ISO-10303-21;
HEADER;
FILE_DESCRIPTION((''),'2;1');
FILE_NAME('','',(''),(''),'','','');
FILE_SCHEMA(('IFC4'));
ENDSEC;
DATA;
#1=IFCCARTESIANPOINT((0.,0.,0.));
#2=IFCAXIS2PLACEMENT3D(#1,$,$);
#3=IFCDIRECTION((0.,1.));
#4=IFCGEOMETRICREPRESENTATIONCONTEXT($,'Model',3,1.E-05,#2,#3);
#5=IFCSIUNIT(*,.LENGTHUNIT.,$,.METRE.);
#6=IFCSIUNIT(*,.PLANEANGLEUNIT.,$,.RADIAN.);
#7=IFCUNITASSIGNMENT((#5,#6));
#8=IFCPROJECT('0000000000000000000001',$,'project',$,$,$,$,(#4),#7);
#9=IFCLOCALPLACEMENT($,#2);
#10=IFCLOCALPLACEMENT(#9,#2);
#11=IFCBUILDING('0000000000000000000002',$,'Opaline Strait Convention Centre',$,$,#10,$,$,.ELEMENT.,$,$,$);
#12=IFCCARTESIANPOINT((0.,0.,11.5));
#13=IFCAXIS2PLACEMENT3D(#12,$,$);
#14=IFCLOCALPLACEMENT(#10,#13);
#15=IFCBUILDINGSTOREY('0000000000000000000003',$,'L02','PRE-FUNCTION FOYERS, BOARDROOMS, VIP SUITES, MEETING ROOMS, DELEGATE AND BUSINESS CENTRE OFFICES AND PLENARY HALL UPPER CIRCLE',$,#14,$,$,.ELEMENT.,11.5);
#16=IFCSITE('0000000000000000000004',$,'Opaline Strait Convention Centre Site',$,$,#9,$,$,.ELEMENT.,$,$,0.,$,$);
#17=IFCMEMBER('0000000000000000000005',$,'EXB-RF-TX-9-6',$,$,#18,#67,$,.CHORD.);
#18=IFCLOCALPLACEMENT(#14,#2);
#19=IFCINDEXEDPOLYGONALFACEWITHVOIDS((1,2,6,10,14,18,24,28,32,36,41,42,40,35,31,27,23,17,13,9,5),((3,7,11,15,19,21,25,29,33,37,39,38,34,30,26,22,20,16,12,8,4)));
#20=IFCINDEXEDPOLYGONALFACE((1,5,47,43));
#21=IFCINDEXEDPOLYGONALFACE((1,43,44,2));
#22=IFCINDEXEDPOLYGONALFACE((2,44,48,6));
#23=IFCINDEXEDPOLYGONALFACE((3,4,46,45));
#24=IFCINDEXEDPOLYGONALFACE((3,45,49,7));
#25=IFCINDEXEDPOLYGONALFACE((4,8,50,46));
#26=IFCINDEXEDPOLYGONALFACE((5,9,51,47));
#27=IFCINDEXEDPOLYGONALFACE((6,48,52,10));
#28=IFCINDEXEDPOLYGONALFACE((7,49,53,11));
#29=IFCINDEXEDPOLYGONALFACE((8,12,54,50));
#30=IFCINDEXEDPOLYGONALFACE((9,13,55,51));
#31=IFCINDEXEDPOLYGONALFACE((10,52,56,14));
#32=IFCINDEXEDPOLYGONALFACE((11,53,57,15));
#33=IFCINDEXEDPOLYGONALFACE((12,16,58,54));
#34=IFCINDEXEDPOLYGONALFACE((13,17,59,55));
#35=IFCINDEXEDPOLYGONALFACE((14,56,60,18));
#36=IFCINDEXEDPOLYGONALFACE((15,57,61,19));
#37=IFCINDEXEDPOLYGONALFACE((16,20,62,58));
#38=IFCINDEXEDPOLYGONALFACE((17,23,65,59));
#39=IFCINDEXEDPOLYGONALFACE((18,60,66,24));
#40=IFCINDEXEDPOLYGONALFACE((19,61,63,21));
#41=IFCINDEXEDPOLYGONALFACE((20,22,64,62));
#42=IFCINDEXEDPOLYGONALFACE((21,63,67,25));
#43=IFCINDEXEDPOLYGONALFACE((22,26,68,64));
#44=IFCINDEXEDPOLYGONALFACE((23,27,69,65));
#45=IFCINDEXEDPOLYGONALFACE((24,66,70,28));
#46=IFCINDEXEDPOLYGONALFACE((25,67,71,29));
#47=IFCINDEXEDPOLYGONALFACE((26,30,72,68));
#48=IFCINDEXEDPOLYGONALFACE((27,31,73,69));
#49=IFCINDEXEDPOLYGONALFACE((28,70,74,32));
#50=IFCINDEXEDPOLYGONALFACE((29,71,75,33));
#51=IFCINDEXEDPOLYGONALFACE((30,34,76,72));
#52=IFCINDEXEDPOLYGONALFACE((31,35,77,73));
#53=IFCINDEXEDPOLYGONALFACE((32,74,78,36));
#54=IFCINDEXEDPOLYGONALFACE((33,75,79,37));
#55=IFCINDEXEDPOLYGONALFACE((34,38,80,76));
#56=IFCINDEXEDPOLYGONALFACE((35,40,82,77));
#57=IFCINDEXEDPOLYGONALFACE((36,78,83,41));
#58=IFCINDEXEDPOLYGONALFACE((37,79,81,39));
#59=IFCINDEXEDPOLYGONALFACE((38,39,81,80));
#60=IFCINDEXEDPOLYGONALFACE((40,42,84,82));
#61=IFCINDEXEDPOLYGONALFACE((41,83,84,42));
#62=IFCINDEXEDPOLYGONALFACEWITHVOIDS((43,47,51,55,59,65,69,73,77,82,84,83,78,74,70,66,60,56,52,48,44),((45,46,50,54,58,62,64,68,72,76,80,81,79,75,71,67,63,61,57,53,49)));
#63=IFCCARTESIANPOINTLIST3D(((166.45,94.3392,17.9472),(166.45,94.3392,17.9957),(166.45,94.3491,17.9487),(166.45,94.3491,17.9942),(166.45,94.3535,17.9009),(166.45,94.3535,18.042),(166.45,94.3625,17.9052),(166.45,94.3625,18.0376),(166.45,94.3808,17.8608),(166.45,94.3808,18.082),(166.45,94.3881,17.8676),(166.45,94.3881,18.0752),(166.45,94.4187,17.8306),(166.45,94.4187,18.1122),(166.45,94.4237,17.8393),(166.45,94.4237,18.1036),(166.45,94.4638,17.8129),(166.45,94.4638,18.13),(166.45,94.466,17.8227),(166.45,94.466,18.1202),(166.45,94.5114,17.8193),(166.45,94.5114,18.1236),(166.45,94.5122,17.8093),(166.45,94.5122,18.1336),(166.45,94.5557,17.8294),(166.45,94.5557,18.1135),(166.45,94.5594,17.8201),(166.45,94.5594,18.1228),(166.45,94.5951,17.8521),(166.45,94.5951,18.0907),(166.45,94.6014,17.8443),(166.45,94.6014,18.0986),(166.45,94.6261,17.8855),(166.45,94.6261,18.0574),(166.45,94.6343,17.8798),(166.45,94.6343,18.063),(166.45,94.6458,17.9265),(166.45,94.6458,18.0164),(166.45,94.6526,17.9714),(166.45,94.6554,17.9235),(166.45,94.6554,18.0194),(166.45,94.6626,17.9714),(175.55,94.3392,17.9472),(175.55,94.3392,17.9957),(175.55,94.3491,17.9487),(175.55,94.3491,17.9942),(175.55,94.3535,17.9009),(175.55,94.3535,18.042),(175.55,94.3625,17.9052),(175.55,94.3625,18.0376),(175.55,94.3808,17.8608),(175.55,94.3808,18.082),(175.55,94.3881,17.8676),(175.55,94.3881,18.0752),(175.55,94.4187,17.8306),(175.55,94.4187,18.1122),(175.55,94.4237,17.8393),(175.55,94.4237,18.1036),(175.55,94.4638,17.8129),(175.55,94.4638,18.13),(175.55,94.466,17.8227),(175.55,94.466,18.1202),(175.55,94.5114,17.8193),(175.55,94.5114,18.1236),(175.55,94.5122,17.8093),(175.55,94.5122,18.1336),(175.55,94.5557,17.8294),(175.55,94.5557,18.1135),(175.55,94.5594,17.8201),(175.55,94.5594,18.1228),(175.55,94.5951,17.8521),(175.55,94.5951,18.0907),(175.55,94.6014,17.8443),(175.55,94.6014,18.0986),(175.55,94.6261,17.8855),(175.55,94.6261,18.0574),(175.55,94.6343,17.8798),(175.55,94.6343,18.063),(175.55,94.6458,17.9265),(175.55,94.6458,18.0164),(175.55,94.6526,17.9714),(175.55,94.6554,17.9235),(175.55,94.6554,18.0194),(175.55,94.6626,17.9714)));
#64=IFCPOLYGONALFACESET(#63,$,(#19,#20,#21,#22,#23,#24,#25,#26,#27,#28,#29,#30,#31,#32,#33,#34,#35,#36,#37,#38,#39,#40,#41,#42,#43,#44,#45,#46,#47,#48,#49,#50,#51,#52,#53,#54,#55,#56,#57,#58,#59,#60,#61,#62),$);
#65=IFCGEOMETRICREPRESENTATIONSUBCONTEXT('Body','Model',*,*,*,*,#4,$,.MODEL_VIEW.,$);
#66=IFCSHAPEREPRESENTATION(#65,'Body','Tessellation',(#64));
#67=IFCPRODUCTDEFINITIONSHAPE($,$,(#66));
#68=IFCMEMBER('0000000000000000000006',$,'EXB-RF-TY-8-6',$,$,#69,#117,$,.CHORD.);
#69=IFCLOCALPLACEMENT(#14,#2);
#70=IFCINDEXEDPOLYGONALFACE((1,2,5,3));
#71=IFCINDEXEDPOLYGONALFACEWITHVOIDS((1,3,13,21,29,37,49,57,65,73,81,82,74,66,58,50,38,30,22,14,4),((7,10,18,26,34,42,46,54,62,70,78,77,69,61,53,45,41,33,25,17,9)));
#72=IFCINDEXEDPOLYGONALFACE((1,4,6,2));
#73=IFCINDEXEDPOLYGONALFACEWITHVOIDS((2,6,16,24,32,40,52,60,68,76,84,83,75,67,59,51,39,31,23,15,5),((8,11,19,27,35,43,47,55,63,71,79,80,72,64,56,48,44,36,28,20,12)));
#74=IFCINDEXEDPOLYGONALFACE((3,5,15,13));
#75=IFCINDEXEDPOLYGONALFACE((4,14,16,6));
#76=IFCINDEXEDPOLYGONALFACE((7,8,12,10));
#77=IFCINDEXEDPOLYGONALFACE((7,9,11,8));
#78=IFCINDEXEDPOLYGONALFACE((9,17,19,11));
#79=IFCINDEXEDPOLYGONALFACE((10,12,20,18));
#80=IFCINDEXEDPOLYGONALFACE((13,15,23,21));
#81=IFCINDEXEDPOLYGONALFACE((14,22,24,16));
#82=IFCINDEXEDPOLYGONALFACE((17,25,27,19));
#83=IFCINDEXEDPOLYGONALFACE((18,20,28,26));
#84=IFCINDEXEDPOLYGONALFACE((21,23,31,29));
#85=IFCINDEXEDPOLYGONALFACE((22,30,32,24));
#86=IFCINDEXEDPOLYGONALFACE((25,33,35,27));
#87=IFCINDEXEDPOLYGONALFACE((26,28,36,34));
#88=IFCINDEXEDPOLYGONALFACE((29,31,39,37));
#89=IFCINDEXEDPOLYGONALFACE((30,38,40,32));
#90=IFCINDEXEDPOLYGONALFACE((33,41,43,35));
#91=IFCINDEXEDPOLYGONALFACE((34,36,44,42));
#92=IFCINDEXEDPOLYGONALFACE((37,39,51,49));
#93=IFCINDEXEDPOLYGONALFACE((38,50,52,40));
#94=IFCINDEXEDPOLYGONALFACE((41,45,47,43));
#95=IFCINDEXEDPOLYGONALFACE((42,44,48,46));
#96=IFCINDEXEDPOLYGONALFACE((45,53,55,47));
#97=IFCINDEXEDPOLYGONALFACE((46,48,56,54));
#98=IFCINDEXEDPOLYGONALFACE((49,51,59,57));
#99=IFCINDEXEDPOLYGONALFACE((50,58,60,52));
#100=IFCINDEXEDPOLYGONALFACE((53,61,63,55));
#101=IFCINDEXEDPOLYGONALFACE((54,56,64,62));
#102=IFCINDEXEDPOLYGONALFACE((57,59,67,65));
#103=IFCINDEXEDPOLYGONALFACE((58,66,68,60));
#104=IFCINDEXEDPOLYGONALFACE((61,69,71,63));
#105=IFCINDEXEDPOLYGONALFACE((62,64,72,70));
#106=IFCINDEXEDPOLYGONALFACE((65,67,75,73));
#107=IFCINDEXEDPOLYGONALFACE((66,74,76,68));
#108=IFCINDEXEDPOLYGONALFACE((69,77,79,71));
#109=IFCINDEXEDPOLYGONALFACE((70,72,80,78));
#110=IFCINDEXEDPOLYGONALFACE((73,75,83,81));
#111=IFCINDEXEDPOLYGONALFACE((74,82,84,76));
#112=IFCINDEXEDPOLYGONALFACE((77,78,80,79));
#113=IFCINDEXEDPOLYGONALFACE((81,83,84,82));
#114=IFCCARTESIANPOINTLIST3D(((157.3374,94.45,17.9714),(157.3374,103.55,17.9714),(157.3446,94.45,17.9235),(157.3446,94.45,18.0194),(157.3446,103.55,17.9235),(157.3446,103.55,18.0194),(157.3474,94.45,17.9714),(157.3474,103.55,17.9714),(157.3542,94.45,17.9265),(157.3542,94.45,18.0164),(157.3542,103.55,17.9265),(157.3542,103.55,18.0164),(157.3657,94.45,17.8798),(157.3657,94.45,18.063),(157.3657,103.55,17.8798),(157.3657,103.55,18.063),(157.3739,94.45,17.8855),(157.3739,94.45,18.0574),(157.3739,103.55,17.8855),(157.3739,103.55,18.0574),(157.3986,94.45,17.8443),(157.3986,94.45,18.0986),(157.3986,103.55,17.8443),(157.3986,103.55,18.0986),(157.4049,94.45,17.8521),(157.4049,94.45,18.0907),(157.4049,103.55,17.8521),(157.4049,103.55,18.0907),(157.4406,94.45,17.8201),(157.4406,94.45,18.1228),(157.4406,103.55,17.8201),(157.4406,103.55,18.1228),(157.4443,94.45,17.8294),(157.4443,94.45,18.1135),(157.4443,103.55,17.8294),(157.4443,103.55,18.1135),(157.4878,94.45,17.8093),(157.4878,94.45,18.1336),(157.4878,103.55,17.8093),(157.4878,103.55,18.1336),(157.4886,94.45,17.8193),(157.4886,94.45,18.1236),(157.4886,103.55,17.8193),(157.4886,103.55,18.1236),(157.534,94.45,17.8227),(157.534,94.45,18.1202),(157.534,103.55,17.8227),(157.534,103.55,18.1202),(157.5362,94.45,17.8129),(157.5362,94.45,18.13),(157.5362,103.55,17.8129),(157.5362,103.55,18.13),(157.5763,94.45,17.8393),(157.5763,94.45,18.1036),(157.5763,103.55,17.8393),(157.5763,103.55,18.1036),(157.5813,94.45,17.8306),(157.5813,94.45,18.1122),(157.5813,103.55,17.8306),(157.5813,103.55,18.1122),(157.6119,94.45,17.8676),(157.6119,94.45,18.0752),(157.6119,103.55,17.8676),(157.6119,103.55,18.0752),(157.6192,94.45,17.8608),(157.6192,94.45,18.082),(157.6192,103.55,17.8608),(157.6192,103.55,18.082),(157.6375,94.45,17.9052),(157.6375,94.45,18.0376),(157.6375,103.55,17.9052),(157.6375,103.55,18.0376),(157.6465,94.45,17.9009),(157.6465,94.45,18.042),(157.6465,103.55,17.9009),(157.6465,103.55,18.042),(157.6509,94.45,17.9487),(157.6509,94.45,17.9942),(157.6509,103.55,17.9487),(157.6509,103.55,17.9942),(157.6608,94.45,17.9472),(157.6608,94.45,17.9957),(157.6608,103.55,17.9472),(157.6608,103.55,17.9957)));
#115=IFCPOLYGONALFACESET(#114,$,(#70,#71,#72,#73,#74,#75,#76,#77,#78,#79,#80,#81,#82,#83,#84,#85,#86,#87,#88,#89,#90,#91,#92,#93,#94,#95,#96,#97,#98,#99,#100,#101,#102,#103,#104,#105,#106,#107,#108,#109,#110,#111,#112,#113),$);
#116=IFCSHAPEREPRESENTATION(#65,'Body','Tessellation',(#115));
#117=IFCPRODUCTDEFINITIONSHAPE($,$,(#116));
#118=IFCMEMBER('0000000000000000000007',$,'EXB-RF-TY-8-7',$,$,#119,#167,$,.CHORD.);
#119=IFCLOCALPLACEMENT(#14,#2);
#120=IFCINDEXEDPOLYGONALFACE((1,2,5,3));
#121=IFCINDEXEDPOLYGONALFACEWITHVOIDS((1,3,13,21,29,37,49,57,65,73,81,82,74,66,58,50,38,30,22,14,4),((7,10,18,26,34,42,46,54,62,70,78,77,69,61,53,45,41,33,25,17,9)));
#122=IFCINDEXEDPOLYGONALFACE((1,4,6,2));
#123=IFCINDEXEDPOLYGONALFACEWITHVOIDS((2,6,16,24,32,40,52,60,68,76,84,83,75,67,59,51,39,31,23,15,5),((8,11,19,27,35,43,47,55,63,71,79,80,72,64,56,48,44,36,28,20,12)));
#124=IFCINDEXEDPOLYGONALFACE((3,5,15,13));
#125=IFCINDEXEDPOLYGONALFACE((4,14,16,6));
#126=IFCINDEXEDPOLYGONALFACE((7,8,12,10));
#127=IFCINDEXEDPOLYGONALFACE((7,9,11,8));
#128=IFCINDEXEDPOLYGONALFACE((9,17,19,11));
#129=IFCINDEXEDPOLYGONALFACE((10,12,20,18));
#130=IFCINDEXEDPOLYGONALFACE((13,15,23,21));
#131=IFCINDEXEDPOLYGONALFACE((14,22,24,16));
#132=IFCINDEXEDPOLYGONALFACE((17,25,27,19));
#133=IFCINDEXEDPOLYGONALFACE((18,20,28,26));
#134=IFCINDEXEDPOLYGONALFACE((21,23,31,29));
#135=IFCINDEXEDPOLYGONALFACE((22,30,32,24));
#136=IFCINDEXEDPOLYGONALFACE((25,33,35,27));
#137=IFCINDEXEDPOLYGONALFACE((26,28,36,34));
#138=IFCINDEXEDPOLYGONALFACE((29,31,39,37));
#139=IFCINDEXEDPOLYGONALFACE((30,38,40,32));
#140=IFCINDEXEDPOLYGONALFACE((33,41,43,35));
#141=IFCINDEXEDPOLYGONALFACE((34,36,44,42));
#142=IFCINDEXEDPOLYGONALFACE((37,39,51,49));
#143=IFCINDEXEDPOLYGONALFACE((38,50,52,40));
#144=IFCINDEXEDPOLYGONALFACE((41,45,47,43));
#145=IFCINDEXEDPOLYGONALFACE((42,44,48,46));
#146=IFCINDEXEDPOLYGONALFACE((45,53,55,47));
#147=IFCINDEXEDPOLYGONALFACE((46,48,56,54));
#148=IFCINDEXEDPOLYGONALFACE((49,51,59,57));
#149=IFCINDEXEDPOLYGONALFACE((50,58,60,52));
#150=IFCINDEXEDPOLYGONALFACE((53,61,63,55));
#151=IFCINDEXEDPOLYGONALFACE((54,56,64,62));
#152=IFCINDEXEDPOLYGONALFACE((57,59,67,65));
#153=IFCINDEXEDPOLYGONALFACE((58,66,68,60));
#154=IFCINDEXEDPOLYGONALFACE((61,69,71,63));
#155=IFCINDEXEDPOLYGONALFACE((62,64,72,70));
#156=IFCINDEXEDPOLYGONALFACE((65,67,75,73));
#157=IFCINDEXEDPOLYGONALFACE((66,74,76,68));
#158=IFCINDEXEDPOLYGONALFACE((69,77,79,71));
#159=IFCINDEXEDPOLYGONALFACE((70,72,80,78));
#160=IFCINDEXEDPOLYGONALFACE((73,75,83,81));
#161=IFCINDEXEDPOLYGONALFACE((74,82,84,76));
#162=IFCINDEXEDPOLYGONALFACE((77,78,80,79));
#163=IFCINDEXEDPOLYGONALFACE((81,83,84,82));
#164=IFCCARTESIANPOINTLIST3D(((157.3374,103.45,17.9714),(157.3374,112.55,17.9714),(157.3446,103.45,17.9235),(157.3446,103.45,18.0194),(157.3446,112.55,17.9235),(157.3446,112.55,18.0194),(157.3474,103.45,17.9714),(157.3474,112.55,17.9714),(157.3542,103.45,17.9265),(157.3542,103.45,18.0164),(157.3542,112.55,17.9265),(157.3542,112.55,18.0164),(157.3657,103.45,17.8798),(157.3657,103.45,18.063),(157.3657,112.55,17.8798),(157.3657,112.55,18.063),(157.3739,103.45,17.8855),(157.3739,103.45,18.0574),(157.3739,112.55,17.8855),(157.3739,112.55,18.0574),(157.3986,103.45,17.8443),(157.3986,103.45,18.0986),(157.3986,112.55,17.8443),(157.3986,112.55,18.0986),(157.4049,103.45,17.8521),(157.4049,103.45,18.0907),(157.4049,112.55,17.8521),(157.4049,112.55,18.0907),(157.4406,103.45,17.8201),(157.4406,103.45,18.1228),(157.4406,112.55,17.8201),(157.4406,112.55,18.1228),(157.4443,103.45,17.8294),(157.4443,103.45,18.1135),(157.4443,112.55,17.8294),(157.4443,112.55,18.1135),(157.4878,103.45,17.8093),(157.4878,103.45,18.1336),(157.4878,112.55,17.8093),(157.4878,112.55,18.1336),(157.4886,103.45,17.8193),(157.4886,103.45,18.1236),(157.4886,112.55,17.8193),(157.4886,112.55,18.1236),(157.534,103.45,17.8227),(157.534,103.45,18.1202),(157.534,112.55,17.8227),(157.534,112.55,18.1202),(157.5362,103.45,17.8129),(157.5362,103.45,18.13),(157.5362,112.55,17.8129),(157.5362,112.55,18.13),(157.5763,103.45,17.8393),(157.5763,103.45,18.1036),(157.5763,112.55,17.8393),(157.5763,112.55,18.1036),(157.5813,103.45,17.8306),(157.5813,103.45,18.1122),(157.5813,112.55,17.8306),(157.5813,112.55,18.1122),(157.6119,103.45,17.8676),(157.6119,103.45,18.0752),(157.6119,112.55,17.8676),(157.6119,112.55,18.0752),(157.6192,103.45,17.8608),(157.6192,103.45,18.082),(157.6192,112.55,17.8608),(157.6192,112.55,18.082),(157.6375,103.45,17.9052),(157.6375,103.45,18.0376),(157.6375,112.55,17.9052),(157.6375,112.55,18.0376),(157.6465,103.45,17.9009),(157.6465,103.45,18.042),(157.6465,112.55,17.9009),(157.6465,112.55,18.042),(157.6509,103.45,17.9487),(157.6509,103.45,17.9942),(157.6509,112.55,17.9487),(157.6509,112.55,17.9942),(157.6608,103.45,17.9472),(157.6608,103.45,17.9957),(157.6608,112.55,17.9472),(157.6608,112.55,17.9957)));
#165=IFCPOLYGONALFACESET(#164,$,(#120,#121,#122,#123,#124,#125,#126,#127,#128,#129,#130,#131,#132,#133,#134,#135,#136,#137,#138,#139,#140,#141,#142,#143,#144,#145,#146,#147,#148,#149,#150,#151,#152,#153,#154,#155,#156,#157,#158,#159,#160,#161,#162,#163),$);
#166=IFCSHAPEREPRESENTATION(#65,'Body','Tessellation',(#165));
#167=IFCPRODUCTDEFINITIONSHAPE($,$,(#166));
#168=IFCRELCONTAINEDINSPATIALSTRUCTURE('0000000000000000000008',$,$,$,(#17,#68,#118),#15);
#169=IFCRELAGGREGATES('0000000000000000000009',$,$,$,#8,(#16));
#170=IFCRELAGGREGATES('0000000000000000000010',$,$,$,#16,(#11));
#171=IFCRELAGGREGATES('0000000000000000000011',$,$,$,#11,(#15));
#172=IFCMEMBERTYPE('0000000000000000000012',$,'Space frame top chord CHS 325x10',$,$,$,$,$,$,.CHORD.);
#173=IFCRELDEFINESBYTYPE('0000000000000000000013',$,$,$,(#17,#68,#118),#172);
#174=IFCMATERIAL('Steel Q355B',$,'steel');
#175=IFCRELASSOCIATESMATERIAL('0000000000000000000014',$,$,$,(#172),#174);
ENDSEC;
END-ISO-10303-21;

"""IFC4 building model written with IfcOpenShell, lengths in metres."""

from ifc_helpers import new_model, si_unit, direction, frame, origin, origin_2d, place, context, subcontext, project, spatial, hollow_circle, extrude, material, material_profile, profile_set, type_object, element, save


model = new_model("IFC4")

# Units and contexts
model_context = context("Model", 3, precision=1e-05, world=origin(), true_north=direction((0.0, 1.0)))
body_context = subcontext(model_context, "Body", "Model", "MODEL_VIEW")
ifc_project = project(units=[si_unit("LENGTHUNIT", "METRE"), si_unit("PLANEANGLEUNIT", "RADIAN")], contexts=[model_context])

# Site, building, storey
site_placement = place(None, origin())
site = spatial("IfcSite", under=ifc_project, at=site_placement, Name="Opaline Strait Convention Centre Site", CompositionType="ELEMENT", RefElevation=0.0)
building_placement = place(site_placement, origin())
building = spatial("IfcBuilding", under=site, at=building_placement, Name="Opaline Strait Convention Centre", CompositionType="ELEMENT")
storey_placement = place(building_placement, frame((0.0, 0.0, 11.5)))
storey = spatial("IfcBuildingStorey", under=building, at=storey_placement, Name="L02", Description="PRE-FUNCTION FOYERS, BOARDROOMS, VIP SUITES, MEETING ROOMS, DELEGATE AND BUSINESS CENTRE OFFICES AND PLENARY HALL UPPER CIRCLE", CompositionType="ELEMENT", Elevation=11.5)

# Members
ifc_material_1 = material(Name="Steel Q355B", Category="steel")
ifc_material_profile_1 = material_profile(ifc_material_1, hollow_circle(Radius=0.1626, WallThickness=0.01, at=origin_2d()), Name="CHS 325x10")
ifc_profile_set_1 = profile_set([ifc_material_profile_1], Name="Steel Q355B")
member_type_1 = type_object("IfcMemberType", Name="Space frame top chord CHS 325x10", PredefinedType="CHORD", material=ifc_profile_set_1)
for number, where, z_axis, x_axis, name in (
    (1, (166.45, 94.5, 17.9714), (1.0, 0.0, 0.0), (0.0, 1.0, 0.0), "EXB-RF-TX-9-6"),
    (2, (157.5, 94.45, 17.9714), (0.0, 1.0, 0.0), (-1.0, 0.0, 0.0), "EXB-RF-TY-8-6"),
    (3, (157.5, 103.45, 17.9714), (0.0, 1.0, 0.0), (-1.0, 0.0, 0.0), "EXB-RF-TY-8-7"),
):
    element("IfcMember", number, at=place(storey_placement, frame(where, z_axis=z_axis, x_axis=x_axis)), inside=storey, type_object=member_type_1, Name=name, PredefinedType="CHORD", context=body_context, shape_type="SweptSolid", body=[
        extrude(hollow_circle(Radius=0.1626, WallThickness=0.01, at=origin_2d()), origin(), (0.0, 0.0, 1.0), 9.1001),
    ])

save(model, "model.ifc")
